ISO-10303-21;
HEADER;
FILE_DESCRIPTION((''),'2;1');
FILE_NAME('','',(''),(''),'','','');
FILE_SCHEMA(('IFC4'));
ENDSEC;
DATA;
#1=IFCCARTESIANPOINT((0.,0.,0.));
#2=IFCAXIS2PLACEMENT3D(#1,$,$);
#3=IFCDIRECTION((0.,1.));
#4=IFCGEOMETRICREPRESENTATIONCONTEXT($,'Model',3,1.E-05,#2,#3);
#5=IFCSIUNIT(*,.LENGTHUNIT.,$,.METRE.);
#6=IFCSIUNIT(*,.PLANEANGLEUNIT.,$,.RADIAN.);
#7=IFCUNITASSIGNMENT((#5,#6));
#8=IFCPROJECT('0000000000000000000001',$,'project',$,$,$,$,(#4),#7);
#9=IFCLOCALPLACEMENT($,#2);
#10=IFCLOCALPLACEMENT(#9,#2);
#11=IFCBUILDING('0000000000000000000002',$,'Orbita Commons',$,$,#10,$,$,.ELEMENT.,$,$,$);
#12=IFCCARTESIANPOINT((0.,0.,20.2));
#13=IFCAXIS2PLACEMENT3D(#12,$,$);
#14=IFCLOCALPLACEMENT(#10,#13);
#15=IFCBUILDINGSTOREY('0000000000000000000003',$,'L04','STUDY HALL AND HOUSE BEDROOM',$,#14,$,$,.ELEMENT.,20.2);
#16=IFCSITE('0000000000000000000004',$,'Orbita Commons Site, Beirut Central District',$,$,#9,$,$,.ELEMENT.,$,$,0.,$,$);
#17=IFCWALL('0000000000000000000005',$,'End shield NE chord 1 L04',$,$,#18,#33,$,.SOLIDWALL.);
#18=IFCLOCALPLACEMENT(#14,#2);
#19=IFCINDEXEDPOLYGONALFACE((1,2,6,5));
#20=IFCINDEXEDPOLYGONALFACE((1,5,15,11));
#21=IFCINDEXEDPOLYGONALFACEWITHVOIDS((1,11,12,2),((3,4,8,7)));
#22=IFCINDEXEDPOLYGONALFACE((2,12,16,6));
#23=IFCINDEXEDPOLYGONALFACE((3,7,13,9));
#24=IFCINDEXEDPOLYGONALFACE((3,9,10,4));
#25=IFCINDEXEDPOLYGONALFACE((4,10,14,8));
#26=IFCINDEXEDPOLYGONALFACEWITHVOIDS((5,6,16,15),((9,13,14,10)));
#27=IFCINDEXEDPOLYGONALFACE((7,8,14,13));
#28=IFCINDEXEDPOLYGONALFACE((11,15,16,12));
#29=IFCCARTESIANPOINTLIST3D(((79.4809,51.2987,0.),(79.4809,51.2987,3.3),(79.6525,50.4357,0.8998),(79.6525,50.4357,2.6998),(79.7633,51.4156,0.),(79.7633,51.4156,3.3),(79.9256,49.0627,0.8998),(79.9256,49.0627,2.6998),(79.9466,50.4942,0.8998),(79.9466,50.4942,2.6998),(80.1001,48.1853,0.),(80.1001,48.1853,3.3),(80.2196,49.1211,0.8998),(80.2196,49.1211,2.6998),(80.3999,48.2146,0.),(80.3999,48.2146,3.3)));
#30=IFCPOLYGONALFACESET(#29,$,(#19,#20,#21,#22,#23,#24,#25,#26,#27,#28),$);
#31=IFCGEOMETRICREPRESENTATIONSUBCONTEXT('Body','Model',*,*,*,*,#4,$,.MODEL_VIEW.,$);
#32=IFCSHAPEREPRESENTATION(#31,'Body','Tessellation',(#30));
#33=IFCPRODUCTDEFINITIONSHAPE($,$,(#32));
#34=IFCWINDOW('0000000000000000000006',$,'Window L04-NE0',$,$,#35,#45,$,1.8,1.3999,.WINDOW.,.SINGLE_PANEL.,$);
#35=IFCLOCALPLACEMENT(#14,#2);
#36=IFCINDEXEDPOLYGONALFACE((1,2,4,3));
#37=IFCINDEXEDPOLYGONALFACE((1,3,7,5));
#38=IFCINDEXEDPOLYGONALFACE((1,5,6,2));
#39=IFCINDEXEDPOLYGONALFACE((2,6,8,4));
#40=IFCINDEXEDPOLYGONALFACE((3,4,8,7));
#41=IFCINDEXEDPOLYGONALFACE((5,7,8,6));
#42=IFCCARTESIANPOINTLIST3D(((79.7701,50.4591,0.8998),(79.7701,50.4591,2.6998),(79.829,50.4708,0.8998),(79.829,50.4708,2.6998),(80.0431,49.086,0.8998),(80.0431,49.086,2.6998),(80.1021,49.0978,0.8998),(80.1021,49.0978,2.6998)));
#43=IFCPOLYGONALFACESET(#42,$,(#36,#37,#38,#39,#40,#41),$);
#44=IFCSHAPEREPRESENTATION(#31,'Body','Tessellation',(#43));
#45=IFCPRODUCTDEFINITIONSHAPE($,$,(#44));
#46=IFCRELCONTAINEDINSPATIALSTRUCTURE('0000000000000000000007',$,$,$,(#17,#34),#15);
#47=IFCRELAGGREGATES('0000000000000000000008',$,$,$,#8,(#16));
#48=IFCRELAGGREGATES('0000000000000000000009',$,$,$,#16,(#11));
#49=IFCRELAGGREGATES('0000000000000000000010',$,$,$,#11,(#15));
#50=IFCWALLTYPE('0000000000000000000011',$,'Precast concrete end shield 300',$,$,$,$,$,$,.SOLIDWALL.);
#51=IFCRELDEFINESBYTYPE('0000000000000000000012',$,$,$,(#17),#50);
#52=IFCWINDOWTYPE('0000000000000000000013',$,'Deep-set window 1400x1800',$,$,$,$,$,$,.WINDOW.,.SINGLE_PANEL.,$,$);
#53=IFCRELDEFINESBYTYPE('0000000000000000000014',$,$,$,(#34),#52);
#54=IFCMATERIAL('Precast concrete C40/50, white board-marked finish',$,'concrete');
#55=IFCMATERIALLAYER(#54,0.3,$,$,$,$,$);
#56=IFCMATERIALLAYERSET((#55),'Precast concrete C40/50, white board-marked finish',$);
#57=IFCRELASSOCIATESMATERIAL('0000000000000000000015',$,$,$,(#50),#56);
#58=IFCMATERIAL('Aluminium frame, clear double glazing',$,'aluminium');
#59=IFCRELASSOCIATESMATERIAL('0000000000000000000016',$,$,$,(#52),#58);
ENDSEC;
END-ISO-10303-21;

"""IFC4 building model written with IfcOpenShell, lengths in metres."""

from ifc_helpers import new_model, si_unit, direction, frame, frame_2d, origin, place, context, subcontext, project, spatial, polyline, rectangle, outline, extrude, material, layer, layer_set, type_object, element, fill, save


model = new_model("IFC4")

# Units and contexts
model_context = context("Model", 3, precision=1e-05, world=origin(), true_north=direction((0.0, 1.0)))
body_context = subcontext(model_context, "Body", "Model", "MODEL_VIEW")
ifc_project = project(units=[si_unit("LENGTHUNIT", "METRE"), si_unit("PLANEANGLEUNIT", "RADIAN")], contexts=[model_context])

# Site, building, storey
site_placement = place(None, origin())
site = spatial("IfcSite", under=ifc_project, at=site_placement, Name="Orbita Commons Site, Beirut Central District", CompositionType="ELEMENT", RefElevation=0.0)
building_placement = place(site_placement, origin())
building = spatial("IfcBuilding", under=site, at=building_placement, Name="Orbita Commons", CompositionType="ELEMENT")
storey_placement = place(building_placement, frame((0.0, 0.0, 20.2)))
storey = spatial("IfcBuildingStorey", under=building, at=storey_placement, Name="L04", Description="STUDY HALL AND HOUSE BEDROOM", CompositionType="ELEMENT", Elevation=20.2)

# Wall, opening, window
ifc_material_1 = material(Name="Precast concrete C40/50, white board-marked finish", Category="concrete")
ifc_layer_1 = layer(ifc_material_1, 0.3)
ifc_layer_set_1 = layer_set([ifc_layer_1], Name="Precast concrete C40/50, white board-marked finish")
wall_type_1 = type_object("IfcWallType", Name="Precast concrete end shield 300", PredefinedType="SOLIDWALL", material=ifc_layer_set_1)
wall_1_placement = place(storey_placement, frame((80.25, 48.2, 0.0), z_axis=(0.0, 0.0, 1.0), x_axis=(-0.195066, 0.98079, 0.0)))
wall_1 = element("IfcWall", 1, at=wall_1_placement, inside=storey, type_object=wall_type_1, Name="End shield NE chord 1 L04", PredefinedType="SOLIDWALL", context=body_context, shape_type="SweptSolid", body=[
    extrude(outline(polyline([(-0.0149, -0.1499), (3.2488, -0.1499), (3.1892, 0.1499), (0.0149, 0.1499), (-0.0149, -0.1499)])), origin(), (0.0, 0.0, 1.0), 3.3),
])
opening_1_placement = place(wall_1_placement, frame((0.9094, 0.0, 0.8999)))
opening_1 = element("IfcOpeningElement", 2, at=opening_1_placement, cuts=wall_1, PredefinedType="OPENING", context=body_context, shape_type="SweptSolid", body=[
    extrude(rectangle(XDim=1.3999, YDim=1.8, at=frame_2d((0.7, 0.8999))), frame((0.0, 0.1599, 0.0), z_axis=(0.0, -1.0, 0.0), x_axis=(1.0, 0.0, 0.0)), (0.0, 0.0, 1.0), 0.3201),
])
ifc_material_2 = material(Name="Aluminium frame, clear double glazing", Category="aluminium")
window_type = type_object("IfcWindowType", Name="Deep-set window 1400x1800", PartitioningType="SINGLE_PANEL", PredefinedType="WINDOW", material=ifc_material_2)
window_placement = place(opening_1_placement, origin())
window = element("IfcWindow", 3, at=window_placement, inside=storey, type_object=window_type, Name="Window L04-NE0", OverallHeight=1.8, OverallWidth=1.3999, PartitioningType="SINGLE_PANEL", PredefinedType="WINDOW", context=body_context, shape_type="SweptSolid", body=[
    extrude(rectangle(XDim=1.3999, YDim=1.8, at=frame_2d((0.7, 0.8999))), frame((0.0, 0.03, 0.0), z_axis=(0.0, -1.0, 0.0), x_axis=(1.0, 0.0, 0.0)), (0.0, 0.0, 1.0), 0.0601),
])
fill(opening_1, window)

save(model, "model.ifc")
